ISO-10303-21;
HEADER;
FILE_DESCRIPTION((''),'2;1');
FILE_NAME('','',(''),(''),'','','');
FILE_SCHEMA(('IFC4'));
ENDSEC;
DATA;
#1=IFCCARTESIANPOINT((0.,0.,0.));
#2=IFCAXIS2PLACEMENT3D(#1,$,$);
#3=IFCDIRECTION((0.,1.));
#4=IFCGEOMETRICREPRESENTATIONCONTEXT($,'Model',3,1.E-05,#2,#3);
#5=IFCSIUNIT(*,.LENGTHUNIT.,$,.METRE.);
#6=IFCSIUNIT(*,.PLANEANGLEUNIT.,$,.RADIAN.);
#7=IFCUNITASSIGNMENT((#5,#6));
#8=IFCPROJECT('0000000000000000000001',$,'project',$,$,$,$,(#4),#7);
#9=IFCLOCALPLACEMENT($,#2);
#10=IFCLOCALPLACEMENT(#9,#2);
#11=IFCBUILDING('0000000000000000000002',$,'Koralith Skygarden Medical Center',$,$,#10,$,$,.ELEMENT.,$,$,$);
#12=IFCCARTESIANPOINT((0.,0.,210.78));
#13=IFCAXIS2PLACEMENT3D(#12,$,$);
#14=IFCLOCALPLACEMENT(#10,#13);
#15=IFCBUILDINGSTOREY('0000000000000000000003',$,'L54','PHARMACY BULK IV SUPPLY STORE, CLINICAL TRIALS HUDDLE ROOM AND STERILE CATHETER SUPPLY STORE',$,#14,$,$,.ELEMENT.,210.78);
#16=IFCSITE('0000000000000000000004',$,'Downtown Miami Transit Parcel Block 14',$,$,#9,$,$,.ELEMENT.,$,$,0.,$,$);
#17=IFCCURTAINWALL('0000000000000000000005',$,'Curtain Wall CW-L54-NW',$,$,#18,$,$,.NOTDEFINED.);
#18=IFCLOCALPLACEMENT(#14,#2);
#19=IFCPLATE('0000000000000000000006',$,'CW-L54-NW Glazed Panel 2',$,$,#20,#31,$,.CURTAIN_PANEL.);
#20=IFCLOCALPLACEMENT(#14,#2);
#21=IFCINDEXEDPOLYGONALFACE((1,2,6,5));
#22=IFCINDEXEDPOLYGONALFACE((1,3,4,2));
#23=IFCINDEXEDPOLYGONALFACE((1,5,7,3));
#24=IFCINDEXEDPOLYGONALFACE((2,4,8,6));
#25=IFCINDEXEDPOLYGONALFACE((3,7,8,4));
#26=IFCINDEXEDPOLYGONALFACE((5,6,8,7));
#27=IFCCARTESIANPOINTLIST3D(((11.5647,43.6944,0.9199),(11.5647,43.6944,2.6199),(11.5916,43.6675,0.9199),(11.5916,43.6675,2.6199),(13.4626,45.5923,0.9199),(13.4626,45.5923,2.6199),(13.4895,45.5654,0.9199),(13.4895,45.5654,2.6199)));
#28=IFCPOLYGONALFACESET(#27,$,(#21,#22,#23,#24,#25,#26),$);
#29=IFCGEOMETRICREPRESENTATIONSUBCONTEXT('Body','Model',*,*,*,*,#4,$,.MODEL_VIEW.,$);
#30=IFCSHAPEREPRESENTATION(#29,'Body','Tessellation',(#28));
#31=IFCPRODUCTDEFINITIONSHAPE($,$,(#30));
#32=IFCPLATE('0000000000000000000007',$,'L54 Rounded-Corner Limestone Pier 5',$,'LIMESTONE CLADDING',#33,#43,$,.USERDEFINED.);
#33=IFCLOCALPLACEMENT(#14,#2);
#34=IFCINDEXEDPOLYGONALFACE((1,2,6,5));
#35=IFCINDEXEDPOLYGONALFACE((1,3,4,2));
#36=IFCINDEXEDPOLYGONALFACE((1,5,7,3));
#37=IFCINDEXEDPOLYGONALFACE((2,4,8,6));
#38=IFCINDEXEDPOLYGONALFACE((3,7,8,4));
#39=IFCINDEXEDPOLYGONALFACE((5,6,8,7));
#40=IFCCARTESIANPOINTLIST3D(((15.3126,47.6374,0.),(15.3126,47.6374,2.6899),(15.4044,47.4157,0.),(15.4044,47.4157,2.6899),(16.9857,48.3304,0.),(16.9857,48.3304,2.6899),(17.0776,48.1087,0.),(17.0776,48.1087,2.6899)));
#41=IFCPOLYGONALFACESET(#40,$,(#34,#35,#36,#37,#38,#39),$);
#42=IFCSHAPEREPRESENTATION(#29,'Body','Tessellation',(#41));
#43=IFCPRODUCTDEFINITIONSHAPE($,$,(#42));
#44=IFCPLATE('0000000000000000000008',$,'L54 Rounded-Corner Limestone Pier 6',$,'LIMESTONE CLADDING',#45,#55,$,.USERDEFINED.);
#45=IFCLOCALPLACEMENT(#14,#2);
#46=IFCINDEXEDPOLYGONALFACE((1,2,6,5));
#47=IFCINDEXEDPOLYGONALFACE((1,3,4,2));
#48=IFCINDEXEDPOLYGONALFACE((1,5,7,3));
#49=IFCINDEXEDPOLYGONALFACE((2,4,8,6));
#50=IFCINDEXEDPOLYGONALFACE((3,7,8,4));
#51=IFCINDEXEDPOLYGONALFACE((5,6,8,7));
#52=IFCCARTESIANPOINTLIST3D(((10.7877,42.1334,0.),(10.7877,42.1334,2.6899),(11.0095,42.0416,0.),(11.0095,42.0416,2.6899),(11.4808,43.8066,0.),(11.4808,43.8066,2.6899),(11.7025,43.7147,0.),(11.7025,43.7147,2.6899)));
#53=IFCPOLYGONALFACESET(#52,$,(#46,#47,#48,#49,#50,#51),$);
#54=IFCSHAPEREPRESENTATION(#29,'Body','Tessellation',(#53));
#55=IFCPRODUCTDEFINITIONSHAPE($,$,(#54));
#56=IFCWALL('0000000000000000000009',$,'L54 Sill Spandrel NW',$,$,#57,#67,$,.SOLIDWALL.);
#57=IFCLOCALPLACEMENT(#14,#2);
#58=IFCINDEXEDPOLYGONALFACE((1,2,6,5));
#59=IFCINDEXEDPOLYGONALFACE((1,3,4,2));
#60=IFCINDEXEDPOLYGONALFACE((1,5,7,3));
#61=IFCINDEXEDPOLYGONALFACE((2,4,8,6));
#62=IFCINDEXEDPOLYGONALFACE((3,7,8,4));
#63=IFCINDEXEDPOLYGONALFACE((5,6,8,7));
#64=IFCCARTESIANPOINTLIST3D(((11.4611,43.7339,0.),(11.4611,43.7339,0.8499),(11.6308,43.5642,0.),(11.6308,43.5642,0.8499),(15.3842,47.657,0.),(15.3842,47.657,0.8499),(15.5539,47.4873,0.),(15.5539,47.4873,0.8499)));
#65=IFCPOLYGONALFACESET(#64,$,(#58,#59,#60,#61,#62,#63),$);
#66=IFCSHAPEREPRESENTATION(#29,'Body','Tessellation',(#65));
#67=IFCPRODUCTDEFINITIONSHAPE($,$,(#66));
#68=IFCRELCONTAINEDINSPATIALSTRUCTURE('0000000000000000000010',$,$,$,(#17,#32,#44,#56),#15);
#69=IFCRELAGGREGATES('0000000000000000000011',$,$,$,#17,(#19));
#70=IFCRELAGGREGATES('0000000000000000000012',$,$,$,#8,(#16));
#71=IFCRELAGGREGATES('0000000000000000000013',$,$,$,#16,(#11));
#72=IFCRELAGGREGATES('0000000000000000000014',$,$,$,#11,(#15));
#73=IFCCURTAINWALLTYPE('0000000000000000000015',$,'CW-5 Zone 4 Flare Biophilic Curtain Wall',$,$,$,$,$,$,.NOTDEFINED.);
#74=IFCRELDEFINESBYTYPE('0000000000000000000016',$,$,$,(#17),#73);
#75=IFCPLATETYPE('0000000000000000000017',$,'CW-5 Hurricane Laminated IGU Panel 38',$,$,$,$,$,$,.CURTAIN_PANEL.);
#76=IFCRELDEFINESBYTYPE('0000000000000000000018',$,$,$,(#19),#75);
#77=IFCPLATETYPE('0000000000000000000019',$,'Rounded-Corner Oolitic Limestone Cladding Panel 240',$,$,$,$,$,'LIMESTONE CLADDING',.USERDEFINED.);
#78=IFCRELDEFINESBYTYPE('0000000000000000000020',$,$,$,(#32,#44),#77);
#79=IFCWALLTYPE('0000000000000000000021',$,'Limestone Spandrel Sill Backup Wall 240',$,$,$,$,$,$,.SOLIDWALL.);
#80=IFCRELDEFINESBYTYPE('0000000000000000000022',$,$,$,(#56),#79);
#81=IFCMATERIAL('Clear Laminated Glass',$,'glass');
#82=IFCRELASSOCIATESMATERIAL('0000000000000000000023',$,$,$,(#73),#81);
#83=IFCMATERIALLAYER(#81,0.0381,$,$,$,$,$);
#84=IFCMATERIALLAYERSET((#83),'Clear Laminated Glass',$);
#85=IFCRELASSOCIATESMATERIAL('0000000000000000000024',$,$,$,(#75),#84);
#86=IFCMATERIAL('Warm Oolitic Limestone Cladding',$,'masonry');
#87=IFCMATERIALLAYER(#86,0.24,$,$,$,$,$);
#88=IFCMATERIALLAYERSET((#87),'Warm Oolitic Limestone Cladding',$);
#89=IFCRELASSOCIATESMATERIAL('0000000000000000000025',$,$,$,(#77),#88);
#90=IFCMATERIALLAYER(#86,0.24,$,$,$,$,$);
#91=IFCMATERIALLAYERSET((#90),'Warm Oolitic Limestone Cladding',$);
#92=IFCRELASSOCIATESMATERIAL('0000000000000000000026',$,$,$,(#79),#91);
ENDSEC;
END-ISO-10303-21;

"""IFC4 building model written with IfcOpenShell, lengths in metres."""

from ifc_helpers import new_model, si_unit, direction, frame, frame_2d, origin, origin_2d, place, context, subcontext, project, spatial, rectangle, extrude, material, layer, layer_set, type_object, element, aggregate, save


model = new_model("IFC4")

# Units and contexts
model_context = context("Model", 3, precision=1e-05, world=origin(), true_north=direction((0.0, 1.0)))
body_context = subcontext(model_context, "Body", "Model", "MODEL_VIEW")
ifc_project = project(units=[si_unit("LENGTHUNIT", "METRE"), si_unit("PLANEANGLEUNIT", "RADIAN")], contexts=[model_context])

# Site, building, storey
site_placement = place(None, origin())
site = spatial("IfcSite", under=ifc_project, at=site_placement, Name="Downtown Miami Transit Parcel Block 14", CompositionType="ELEMENT", RefElevation=0.0)
building_placement = place(site_placement, origin())
building = spatial("IfcBuilding", under=site, at=building_placement, Name="Koralith Skygarden Medical Center", CompositionType="ELEMENT")
storey_placement = place(building_placement, frame((0.0, 0.0, 210.78)))
storey = spatial("IfcBuildingStorey", under=building, at=storey_placement, Name="L54", Description="PHARMACY BULK IV SUPPLY STORE, CLINICAL TRIALS HUDDLE ROOM AND STERILE CATHETER SUPPLY STORE", CompositionType="ELEMENT", Elevation=210.78)

# Curtain wall
ifc_material_1 = material(Name="Clear Laminated Glass", Category="glass")
curtain_wall_type = type_object("IfcCurtainWallType", Name="CW-5 Zone 4 Flare Biophilic Curtain Wall", PredefinedType="NOTDEFINED", material=ifc_material_1)
curtain_wall_1_placement = place(storey_placement, origin())
curtain_wall_1 = element("IfcCurtainWall", 1, at=curtain_wall_1_placement, inside=storey, type_object=curtain_wall_type, Name="Curtain Wall CW-L54-NW", PredefinedType="NOTDEFINED")

# Plate
ifc_layer_1 = layer(ifc_material_1, 0.0381)
ifc_layer_set_1 = layer_set([ifc_layer_1], Name="Clear Laminated Glass")
plate_type_1 = type_object("IfcPlateType", Name="CW-5 Hurricane Laminated IGU Panel 38", PredefinedType="CURTAIN_PANEL", material=ifc_layer_set_1)
plate_1_placement = place(storey_placement, frame((12.5271, 44.6299, 0.9199), z_axis=(0.0, 0.0, 1.0), x_axis=(-0.707107, -0.707107, 0.0)))
plate_1 = element("IfcPlate", 2, at=plate_1_placement, type_object=plate_type_1, Name="CW-L54-NW Glazed Panel 2", PredefinedType="CURTAIN_PANEL", context=body_context, shape_type="SweptSolid", body=[
    extrude(rectangle(XDim=2.6841, YDim=0.0381, at=origin_2d()), origin(), (0.0, 0.0, 1.0), 1.7),
])
aggregate(curtain_wall_1, [plate_1])

# Plates
ifc_material_2 = material(Name="Warm Oolitic Limestone Cladding", Category="masonry")
ifc_layer_2 = layer(ifc_material_2, 0.24)
ifc_layer_set_2 = layer_set([ifc_layer_2], Name="Warm Oolitic Limestone Cladding")
plate_type_2 = type_object("IfcPlateType", Name="Rounded-Corner Oolitic Limestone Cladding Panel 240", ElementType="LIMESTONE CLADDING", PredefinedType="USERDEFINED", material=ifc_layer_set_2)
for number, where, z_axis, x_axis, name in (
    (3, (16.1951, 47.873, 0.0), (0.0, 0.0, 1.0), (-0.923885, -0.382671, 0.0), "L54 Rounded-Corner Limestone Pier 5"),
    (4, (11.2451, 42.9241, 0.0), (0.0, 0.0, 1.0), (-0.382671, -0.923885, 0.0), "L54 Rounded-Corner Limestone Pier 6"),
):
    element("IfcPlate", number, at=place(storey_placement, frame(where, z_axis=z_axis, x_axis=x_axis)), inside=storey, type_object=plate_type_2, Name=name, ObjectType="LIMESTONE CLADDING", PredefinedType="USERDEFINED", context=body_context, shape_type="SweptSolid", body=[
        extrude(rectangle(XDim=1.811, YDim=0.24, at=origin_2d()), origin(), (0.0, 0.0, 1.0), 2.6899),
    ])

# Wall
ifc_layer_3 = layer(ifc_material_2, 0.24)
ifc_layer_set_3 = layer_set([ifc_layer_3], Name="Warm Oolitic Limestone Cladding")
wall_type = type_object("IfcWallType", Name="Limestone Spandrel Sill Backup Wall 240", PredefinedType="SOLIDWALL", material=ifc_layer_set_3)
wall_placement = place(storey_placement, frame((15.469, 47.572, 0.0), z_axis=(0.0, 0.0, 1.0), x_axis=(-0.707107, -0.707107, 0.0)))
element("IfcWall", 5, at=wall_placement, inside=storey, type_object=wall_type, Name="L54 Sill Spandrel NW", PredefinedType="SOLIDWALL", context=body_context, shape_type="SweptSolid", body=[
    extrude(rectangle(XDim=5.5481, YDim=0.24, at=frame_2d((2.7739, 0.0))), origin(), (0.0, 0.0, 1.0), 0.8499),
])

save(model, "model.ifc")
